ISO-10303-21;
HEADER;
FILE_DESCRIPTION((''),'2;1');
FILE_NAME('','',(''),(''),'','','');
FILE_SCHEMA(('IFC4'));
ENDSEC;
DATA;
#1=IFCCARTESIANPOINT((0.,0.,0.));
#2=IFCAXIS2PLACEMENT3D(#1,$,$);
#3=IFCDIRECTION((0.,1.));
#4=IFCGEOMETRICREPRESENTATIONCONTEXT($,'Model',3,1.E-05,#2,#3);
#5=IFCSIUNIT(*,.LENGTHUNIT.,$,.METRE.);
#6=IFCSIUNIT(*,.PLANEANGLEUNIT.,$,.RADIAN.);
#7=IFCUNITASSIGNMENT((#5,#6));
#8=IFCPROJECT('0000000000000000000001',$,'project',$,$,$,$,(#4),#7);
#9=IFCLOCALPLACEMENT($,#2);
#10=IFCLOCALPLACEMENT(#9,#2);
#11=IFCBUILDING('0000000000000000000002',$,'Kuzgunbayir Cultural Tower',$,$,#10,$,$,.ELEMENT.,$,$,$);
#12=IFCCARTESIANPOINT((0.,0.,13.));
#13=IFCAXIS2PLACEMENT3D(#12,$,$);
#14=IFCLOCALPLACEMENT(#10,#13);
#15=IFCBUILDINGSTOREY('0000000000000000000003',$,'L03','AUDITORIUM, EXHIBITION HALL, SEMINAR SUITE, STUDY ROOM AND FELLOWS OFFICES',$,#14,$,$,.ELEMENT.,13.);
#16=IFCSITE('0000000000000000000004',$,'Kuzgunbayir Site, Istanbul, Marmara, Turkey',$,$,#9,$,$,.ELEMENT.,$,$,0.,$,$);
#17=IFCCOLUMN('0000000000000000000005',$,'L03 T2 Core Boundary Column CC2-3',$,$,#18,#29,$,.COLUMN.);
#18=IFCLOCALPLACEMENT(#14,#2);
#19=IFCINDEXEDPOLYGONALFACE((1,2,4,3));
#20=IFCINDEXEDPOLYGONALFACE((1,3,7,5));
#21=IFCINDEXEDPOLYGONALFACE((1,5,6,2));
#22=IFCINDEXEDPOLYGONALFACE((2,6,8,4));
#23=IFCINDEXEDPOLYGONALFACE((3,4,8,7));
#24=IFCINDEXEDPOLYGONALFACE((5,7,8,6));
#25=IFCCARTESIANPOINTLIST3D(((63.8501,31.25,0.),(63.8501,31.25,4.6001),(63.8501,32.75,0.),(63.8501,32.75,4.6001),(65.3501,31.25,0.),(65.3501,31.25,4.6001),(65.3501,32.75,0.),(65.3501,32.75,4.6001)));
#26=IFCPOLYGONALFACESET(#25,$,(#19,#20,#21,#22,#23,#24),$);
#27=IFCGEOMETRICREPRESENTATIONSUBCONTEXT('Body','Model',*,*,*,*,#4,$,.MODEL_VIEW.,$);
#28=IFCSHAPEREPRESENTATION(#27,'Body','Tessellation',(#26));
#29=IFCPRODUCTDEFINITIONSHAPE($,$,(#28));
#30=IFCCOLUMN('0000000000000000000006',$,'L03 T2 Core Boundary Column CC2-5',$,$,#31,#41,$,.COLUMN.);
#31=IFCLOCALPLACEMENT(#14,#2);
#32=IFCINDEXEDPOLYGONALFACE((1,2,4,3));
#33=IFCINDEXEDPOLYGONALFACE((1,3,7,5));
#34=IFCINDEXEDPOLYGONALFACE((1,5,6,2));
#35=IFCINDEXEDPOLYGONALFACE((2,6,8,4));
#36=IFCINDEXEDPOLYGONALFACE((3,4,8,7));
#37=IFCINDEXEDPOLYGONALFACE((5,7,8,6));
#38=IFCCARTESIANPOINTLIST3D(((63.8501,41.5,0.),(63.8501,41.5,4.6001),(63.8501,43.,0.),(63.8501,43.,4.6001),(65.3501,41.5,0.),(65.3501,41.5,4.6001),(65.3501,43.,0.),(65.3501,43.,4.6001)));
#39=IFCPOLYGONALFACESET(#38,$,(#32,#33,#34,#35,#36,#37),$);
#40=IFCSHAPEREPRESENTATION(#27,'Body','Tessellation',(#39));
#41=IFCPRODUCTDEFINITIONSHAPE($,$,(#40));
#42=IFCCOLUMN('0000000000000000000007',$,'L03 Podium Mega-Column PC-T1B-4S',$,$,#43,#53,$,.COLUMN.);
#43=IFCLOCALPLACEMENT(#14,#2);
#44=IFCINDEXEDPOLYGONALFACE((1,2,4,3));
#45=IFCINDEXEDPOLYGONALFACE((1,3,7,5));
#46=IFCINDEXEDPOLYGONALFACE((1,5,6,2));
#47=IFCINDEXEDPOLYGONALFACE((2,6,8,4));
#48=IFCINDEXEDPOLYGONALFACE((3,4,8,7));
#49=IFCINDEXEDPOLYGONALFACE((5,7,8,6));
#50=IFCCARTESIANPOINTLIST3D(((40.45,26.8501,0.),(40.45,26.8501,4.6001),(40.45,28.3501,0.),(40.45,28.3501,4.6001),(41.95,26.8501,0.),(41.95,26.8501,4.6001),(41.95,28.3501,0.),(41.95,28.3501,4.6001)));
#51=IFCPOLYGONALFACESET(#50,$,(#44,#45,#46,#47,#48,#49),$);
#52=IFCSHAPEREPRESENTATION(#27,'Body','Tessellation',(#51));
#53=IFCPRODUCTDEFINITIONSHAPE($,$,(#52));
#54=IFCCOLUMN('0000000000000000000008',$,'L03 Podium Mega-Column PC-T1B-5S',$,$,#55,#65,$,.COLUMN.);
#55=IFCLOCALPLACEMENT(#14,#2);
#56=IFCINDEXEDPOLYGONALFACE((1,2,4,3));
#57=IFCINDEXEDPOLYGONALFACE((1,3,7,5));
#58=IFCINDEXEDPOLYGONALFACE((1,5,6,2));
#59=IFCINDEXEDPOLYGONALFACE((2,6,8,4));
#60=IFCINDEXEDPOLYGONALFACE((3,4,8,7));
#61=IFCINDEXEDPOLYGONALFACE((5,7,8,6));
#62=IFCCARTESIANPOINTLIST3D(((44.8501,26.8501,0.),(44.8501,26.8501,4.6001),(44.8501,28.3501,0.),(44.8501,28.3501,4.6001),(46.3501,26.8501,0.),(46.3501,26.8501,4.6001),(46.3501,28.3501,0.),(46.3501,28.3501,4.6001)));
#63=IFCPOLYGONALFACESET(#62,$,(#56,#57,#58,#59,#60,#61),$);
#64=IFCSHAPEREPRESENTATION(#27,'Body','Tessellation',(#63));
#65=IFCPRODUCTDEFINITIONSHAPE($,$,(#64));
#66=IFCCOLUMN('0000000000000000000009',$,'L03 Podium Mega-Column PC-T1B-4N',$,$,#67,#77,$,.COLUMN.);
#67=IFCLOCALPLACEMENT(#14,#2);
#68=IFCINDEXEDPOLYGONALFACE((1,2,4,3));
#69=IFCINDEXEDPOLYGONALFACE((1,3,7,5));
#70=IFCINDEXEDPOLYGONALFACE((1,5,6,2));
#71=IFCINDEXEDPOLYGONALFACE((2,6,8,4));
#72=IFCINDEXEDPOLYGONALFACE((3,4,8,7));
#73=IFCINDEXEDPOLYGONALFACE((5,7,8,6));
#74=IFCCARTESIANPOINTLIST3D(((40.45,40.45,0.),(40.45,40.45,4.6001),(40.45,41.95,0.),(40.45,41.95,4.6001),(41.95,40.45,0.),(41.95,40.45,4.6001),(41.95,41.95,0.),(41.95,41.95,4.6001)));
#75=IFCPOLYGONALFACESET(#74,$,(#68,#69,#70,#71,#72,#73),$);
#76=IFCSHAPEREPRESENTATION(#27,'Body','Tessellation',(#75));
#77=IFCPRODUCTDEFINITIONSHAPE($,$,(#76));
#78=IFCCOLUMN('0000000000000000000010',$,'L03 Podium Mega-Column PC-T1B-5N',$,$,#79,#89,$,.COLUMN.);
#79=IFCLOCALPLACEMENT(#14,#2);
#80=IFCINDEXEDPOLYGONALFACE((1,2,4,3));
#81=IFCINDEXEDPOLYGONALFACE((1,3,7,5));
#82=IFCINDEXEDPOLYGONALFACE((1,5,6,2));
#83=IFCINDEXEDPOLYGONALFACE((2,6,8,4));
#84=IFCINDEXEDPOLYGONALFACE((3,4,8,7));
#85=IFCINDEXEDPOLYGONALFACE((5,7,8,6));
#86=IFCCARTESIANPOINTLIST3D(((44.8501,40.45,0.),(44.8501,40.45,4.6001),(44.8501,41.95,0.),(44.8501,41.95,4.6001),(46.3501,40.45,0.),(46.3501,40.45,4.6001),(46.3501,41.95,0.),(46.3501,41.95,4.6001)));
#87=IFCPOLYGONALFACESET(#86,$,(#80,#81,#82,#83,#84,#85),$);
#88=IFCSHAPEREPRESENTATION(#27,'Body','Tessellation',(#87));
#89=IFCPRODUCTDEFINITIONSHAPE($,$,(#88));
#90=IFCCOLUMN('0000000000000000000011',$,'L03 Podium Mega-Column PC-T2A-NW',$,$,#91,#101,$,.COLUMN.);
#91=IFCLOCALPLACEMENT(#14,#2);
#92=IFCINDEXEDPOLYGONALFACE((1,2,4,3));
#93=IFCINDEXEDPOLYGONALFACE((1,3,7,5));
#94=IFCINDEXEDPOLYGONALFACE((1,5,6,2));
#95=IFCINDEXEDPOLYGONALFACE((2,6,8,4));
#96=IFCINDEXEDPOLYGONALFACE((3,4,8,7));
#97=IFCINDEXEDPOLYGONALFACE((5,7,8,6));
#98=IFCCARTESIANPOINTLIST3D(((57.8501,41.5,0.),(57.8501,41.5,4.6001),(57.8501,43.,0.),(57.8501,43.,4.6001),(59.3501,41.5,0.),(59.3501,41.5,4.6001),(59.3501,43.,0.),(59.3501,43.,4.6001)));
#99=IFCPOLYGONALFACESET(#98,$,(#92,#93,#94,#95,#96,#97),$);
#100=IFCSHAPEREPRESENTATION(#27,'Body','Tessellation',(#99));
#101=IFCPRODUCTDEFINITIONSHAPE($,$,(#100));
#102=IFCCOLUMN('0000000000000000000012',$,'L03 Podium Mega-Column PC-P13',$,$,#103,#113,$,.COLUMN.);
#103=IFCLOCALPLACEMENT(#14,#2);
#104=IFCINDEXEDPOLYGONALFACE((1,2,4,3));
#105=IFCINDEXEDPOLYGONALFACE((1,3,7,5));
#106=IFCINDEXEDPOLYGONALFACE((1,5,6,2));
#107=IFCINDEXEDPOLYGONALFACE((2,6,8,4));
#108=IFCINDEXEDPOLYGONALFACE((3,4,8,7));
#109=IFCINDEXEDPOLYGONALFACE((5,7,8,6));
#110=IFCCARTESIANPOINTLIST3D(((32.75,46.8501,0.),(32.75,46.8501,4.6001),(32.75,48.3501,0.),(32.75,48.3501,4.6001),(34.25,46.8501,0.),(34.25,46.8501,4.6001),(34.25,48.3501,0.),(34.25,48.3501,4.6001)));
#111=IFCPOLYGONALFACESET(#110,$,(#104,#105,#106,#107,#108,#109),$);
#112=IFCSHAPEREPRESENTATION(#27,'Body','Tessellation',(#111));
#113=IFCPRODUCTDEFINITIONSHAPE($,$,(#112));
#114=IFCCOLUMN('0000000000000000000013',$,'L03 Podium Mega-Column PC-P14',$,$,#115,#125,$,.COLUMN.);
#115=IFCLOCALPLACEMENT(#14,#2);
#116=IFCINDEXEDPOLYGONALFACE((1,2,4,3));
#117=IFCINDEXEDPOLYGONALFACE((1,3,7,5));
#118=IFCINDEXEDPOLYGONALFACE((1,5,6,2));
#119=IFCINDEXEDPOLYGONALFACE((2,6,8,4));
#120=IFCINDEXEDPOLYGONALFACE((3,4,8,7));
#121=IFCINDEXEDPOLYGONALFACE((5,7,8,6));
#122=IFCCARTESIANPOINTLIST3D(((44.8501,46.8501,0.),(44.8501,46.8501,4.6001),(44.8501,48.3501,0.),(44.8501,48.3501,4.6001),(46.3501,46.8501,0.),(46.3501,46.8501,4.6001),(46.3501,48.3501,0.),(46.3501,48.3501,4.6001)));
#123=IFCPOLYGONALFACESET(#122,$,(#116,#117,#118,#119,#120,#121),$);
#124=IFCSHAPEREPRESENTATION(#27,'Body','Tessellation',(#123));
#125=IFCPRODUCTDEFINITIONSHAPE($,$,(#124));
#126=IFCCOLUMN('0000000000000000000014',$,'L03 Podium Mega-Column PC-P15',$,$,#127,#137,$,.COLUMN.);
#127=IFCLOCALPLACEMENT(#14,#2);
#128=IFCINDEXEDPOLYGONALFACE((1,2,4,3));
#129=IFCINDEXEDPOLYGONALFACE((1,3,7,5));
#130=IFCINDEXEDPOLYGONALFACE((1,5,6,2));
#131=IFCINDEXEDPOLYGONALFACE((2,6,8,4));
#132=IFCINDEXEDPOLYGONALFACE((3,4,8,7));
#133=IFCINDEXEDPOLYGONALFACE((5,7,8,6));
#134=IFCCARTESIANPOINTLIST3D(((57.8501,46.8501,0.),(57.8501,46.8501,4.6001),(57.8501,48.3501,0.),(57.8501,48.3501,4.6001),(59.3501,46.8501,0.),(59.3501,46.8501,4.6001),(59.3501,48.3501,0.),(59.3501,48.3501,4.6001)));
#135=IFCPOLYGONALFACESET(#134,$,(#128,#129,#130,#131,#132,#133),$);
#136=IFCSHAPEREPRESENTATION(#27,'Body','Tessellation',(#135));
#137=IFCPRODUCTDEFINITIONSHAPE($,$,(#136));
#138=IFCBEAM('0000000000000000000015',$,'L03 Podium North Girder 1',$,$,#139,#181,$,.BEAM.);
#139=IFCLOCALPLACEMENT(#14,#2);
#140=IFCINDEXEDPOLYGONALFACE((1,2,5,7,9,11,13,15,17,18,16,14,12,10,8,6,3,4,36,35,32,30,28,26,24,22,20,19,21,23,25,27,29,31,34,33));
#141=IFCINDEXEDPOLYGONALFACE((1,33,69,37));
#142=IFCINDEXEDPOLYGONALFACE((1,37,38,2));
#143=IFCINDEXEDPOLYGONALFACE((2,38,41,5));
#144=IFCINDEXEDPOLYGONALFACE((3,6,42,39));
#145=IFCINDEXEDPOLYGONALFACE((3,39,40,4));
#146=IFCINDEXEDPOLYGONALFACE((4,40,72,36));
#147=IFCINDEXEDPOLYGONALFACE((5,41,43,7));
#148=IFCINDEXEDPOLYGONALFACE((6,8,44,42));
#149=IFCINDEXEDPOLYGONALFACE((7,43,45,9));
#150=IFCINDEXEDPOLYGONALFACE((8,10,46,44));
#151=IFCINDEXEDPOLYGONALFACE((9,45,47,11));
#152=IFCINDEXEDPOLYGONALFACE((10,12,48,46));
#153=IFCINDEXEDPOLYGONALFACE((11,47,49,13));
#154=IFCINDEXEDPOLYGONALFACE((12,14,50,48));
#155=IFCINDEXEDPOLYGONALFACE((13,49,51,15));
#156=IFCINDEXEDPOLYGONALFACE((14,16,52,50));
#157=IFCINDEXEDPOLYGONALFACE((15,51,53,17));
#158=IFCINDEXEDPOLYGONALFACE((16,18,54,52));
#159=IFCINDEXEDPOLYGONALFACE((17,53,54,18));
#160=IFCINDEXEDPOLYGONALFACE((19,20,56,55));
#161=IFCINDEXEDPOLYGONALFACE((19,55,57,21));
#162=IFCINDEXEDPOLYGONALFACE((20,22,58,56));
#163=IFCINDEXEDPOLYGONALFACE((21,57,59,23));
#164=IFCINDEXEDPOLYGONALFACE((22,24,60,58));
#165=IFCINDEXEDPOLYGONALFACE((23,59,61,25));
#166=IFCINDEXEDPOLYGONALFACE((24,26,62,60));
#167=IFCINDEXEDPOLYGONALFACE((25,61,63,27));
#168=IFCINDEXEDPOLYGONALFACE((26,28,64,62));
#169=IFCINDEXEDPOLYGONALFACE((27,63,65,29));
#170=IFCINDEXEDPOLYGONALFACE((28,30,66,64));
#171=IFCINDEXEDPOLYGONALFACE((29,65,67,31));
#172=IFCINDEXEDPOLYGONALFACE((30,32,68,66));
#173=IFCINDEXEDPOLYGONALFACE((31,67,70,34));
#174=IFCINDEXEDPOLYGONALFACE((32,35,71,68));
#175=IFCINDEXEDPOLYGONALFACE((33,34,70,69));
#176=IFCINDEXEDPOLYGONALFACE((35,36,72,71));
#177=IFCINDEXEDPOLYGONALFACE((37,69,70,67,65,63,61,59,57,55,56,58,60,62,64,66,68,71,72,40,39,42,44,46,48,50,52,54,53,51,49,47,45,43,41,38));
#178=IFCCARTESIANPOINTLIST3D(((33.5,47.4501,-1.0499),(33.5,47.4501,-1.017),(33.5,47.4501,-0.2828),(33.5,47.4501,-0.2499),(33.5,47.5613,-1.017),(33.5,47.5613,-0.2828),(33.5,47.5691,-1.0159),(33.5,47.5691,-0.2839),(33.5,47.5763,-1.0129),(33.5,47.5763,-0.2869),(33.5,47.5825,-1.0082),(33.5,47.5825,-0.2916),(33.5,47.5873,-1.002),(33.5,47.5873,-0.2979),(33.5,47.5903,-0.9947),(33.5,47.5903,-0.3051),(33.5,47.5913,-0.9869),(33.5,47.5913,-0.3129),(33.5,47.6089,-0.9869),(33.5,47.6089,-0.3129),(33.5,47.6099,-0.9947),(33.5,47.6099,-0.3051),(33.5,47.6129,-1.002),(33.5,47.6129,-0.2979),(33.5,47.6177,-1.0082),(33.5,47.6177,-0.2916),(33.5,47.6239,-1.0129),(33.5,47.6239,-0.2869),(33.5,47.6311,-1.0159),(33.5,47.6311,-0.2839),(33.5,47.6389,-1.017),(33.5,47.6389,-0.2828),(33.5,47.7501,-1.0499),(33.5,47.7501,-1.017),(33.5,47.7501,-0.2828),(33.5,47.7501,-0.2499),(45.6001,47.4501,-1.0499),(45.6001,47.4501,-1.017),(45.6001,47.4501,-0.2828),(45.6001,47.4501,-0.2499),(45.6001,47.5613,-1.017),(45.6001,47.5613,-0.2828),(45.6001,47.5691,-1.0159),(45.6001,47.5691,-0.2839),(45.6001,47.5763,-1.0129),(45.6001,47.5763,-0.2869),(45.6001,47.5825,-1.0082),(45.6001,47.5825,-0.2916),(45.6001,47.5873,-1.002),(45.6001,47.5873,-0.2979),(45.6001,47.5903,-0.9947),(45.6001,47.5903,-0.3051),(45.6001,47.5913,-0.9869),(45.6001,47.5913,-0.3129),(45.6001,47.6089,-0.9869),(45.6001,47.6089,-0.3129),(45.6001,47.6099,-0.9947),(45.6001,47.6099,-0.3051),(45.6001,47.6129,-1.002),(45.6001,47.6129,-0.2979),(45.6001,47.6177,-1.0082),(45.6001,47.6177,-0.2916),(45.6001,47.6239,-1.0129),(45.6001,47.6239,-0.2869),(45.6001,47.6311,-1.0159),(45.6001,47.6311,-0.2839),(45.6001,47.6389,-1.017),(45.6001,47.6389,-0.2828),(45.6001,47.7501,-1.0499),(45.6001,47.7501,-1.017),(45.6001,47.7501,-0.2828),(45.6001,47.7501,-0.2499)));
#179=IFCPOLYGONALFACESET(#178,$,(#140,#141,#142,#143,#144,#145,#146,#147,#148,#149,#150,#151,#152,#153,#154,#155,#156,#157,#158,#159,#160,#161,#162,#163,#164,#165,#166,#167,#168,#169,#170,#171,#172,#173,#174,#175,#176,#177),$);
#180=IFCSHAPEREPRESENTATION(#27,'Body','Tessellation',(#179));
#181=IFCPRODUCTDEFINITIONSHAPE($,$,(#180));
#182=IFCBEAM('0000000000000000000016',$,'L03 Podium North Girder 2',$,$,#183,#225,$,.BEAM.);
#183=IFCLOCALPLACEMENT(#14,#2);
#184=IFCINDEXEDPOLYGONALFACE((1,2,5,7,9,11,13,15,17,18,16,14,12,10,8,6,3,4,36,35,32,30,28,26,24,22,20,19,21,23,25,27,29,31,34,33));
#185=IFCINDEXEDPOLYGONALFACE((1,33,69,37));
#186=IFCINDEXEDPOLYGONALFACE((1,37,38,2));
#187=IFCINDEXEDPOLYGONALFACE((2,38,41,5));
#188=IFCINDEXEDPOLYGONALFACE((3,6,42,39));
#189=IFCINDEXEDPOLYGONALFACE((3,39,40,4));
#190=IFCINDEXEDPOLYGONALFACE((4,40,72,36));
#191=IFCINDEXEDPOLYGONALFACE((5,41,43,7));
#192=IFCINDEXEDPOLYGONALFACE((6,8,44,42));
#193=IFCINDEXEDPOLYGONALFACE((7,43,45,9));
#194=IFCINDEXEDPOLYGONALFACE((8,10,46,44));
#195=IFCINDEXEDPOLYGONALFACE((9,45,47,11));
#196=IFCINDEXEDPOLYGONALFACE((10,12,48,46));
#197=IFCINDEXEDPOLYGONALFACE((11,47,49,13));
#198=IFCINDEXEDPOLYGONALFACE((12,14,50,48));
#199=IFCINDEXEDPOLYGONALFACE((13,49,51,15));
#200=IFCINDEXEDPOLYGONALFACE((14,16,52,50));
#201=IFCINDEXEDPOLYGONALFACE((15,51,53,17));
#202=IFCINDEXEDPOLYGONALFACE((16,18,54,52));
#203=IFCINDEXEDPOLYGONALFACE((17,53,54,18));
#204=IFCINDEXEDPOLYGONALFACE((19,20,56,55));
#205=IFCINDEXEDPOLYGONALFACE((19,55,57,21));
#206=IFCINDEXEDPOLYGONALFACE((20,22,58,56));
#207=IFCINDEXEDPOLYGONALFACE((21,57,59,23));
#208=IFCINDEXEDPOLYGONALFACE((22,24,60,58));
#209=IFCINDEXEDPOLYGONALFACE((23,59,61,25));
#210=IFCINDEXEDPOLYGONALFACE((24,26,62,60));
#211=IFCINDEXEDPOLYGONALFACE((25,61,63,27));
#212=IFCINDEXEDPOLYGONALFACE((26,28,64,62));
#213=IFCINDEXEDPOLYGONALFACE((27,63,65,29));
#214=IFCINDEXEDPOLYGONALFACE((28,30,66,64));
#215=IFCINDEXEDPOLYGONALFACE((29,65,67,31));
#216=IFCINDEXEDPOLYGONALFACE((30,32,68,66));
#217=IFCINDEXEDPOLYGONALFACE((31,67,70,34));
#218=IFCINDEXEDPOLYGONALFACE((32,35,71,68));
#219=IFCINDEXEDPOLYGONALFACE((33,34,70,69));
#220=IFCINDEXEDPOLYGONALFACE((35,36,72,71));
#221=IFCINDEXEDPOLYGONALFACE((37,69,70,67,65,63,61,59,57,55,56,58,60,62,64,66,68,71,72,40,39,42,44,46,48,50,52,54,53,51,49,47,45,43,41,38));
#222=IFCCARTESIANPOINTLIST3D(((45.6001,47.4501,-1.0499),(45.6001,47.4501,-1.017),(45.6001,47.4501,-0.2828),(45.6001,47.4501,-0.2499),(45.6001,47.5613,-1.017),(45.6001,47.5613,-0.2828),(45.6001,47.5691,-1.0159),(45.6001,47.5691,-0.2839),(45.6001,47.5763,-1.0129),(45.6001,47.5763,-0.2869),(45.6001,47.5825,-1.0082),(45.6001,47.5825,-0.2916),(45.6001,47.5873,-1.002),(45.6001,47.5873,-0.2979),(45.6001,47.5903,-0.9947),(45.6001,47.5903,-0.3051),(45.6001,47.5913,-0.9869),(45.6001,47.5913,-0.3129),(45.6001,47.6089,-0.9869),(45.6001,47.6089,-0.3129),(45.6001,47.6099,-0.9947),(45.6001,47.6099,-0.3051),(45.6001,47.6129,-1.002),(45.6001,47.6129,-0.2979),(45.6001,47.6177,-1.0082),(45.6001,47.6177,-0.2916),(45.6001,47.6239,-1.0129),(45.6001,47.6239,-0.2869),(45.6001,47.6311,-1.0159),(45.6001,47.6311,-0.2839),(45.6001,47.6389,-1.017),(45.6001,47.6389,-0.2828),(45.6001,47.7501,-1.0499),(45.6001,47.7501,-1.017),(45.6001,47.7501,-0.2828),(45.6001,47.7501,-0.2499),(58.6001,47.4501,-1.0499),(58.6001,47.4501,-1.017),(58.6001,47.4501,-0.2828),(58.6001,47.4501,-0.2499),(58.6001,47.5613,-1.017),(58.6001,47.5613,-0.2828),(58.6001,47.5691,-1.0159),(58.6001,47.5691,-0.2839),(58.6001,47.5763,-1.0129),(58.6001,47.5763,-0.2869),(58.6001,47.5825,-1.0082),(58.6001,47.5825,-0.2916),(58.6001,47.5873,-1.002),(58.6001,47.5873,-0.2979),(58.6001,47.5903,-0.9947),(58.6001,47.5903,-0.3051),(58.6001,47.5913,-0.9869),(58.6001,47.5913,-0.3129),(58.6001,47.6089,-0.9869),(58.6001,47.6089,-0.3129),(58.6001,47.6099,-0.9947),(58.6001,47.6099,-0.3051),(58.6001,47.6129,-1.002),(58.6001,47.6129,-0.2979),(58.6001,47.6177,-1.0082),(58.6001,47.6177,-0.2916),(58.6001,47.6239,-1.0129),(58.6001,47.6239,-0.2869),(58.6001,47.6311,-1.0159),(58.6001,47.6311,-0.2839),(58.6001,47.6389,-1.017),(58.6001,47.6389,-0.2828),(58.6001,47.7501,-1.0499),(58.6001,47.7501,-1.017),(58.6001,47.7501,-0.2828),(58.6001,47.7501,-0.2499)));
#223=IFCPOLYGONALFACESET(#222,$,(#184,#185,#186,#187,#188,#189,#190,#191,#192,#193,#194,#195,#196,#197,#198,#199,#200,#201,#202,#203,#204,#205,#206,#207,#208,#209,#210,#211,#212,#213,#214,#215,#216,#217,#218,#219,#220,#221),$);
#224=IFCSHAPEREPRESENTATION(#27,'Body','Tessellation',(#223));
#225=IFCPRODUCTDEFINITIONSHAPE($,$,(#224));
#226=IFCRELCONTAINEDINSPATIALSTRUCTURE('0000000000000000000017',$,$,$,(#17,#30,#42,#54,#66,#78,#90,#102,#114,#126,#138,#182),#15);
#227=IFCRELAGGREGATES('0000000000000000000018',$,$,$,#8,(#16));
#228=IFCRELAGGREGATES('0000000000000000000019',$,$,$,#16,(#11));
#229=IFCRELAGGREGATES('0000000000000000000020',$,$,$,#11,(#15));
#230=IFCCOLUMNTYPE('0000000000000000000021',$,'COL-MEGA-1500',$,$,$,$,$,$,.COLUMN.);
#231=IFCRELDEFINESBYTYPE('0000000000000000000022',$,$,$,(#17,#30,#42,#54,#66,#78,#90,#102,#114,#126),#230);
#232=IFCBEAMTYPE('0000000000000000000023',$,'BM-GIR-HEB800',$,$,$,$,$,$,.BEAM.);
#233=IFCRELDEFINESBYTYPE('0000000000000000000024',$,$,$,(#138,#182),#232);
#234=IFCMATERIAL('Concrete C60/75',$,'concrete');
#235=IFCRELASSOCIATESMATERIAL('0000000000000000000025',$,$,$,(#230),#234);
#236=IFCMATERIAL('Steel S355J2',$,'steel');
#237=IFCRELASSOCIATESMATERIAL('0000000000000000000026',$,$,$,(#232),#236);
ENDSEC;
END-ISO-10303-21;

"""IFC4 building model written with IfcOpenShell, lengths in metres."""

from ifc_helpers import new_model, si_unit, direction, frame, origin, origin_2d, place, context, subcontext, project, spatial, rectangle, i_section, extrude, material, material_profile, profile_set, type_object, element, save


model = new_model("IFC4")

# Units and contexts
model_context = context("Model", 3, precision=1e-05, world=origin(), true_north=direction((0.0, 1.0)))
body_context = subcontext(model_context, "Body", "Model", "MODEL_VIEW")
ifc_project = project(units=[si_unit("LENGTHUNIT", "METRE"), si_unit("PLANEANGLEUNIT", "RADIAN")], contexts=[model_context])

# Site, building, storey
site_placement = place(None, origin())
site = spatial("IfcSite", under=ifc_project, at=site_placement, Name="Kuzgunbayir Site, Istanbul, Marmara, Turkey", CompositionType="ELEMENT", RefElevation=0.0)
building_placement = place(site_placement, origin())
building = spatial("IfcBuilding", under=site, at=building_placement, Name="Kuzgunbayir Cultural Tower", CompositionType="ELEMENT")
storey_placement = place(building_placement, frame((0.0, 0.0, 13.0)))
storey = spatial("IfcBuildingStorey", under=building, at=storey_placement, Name="L03", Description="AUDITORIUM, EXHIBITION HALL, SEMINAR SUITE, STUDY ROOM AND FELLOWS OFFICES", CompositionType="ELEMENT", Elevation=13.0)

# Columns
ifc_material_1 = material(Name="Concrete C60/75", Category="concrete")
ifc_material_profile_1 = material_profile(ifc_material_1, rectangle(XDim=1.5, YDim=1.5, at=origin_2d()), Name="RC 1500x1500")
ifc_profile_set_1 = profile_set([ifc_material_profile_1], Name="Concrete C60/75")
column_type = type_object("IfcColumnType", Name="COL-MEGA-1500", PredefinedType="COLUMN", material=ifc_profile_set_1)
for number, where, z_axis, x_axis, name in (
    (1, (64.6001, 32.0, 0.0), (0.0, 0.0, 1.0), (1.0, 0.0, 0.0), "L03 T2 Core Boundary Column CC2-3"),
    (2, (64.6001, 42.25, 0.0), (0.0, 0.0, 1.0), (1.0, 0.0, 0.0), "L03 T2 Core Boundary Column CC2-5"),
    (3, (41.2, 27.6001, 0.0), (0.0, 0.0, 1.0), (1.0, 0.0, 0.0), "L03 Podium Mega-Column PC-T1B-4S"),
    (4, (45.6001, 27.6001, 0.0), (0.0, 0.0, 1.0), (1.0, 0.0, 0.0), "L03 Podium Mega-Column PC-T1B-5S"),
    (5, (41.2, 41.2, 0.0), (0.0, 0.0, 1.0), (1.0, 0.0, 0.0), "L03 Podium Mega-Column PC-T1B-4N"),
    (6, (45.6001, 41.2, 0.0), (0.0, 0.0, 1.0), (1.0, 0.0, 0.0), "L03 Podium Mega-Column PC-T1B-5N"),
    (7, (58.6001, 42.25, 0.0), (0.0, 0.0, 1.0), (1.0, 0.0, 0.0), "L03 Podium Mega-Column PC-T2A-NW"),
    (8, (33.5, 47.6001, 0.0), (0.0, 0.0, 1.0), (1.0, 0.0, 0.0), "L03 Podium Mega-Column PC-P13"),
    (9, (45.6001, 47.6001, 0.0), (0.0, 0.0, 1.0), (1.0, 0.0, 0.0), "L03 Podium Mega-Column PC-P14"),
    (10, (58.6001, 47.6001, 0.0), (0.0, 0.0, 1.0), (1.0, 0.0, 0.0), "L03 Podium Mega-Column PC-P15"),
):
    element("IfcColumn", number, at=place(storey_placement, frame(where, z_axis=z_axis, x_axis=x_axis)), inside=storey, type_object=column_type, Name=name, PredefinedType="COLUMN", context=body_context, shape_type="SweptSolid", body=[
        extrude(rectangle(XDim=1.5, YDim=1.5, at=origin_2d()), origin(), (0.0, 0.0, 1.0), 4.6001),
    ])

# Beams
ifc_material_2 = material(Name="Steel S355J2", Category="steel")
ifc_material_profile_2 = material_profile(ifc_material_2, i_section(OverallWidth=0.3, OverallDepth=0.8, WebThickness=0.0176, FlangeThickness=0.033, FilletRadius=0.03, at=origin_2d()), Name="HEB 800")
ifc_profile_set_2 = profile_set([ifc_material_profile_2], Name="Steel S355J2")
beam_type_1 = type_object("IfcBeamType", Name="BM-GIR-HEB800", PredefinedType="BEAM", material=ifc_profile_set_2)
beam_1_placement = place(storey_placement, frame((33.5, 47.6001, -0.6499), z_axis=(1.0, 0.0, 0.0), x_axis=(0.0, 1.0, 0.0)))
element("IfcBeam", 11, at=beam_1_placement, inside=storey, type_object=beam_type_1, Name="L03 Podium North Girder 1", PredefinedType="BEAM", context=body_context, shape_type="SweptSolid", body=[
    extrude(i_section(OverallWidth=0.3, OverallDepth=0.8, WebThickness=0.0176, FlangeThickness=0.033, FilletRadius=0.03, at=origin_2d()), origin(), (0.0, 0.0, 1.0), 12.1001),
])
beam_2_placement = place(storey_placement, frame((45.6001, 47.6001, -0.6499), z_axis=(1.0, 0.0, 0.0), x_axis=(0.0, 1.0, 0.0)))
element("IfcBeam", 12, at=beam_2_placement, inside=storey, type_object=beam_type_1, Name="L03 Podium North Girder 2", PredefinedType="BEAM", context=body_context, shape_type="SweptSolid", body=[
    extrude(i_section(OverallWidth=0.3, OverallDepth=0.8, WebThickness=0.0176, FlangeThickness=0.033, FilletRadius=0.03, at=origin_2d()), origin(), (0.0, 0.0, 1.0), 13.0),
])

save(model, "model.ifc")
